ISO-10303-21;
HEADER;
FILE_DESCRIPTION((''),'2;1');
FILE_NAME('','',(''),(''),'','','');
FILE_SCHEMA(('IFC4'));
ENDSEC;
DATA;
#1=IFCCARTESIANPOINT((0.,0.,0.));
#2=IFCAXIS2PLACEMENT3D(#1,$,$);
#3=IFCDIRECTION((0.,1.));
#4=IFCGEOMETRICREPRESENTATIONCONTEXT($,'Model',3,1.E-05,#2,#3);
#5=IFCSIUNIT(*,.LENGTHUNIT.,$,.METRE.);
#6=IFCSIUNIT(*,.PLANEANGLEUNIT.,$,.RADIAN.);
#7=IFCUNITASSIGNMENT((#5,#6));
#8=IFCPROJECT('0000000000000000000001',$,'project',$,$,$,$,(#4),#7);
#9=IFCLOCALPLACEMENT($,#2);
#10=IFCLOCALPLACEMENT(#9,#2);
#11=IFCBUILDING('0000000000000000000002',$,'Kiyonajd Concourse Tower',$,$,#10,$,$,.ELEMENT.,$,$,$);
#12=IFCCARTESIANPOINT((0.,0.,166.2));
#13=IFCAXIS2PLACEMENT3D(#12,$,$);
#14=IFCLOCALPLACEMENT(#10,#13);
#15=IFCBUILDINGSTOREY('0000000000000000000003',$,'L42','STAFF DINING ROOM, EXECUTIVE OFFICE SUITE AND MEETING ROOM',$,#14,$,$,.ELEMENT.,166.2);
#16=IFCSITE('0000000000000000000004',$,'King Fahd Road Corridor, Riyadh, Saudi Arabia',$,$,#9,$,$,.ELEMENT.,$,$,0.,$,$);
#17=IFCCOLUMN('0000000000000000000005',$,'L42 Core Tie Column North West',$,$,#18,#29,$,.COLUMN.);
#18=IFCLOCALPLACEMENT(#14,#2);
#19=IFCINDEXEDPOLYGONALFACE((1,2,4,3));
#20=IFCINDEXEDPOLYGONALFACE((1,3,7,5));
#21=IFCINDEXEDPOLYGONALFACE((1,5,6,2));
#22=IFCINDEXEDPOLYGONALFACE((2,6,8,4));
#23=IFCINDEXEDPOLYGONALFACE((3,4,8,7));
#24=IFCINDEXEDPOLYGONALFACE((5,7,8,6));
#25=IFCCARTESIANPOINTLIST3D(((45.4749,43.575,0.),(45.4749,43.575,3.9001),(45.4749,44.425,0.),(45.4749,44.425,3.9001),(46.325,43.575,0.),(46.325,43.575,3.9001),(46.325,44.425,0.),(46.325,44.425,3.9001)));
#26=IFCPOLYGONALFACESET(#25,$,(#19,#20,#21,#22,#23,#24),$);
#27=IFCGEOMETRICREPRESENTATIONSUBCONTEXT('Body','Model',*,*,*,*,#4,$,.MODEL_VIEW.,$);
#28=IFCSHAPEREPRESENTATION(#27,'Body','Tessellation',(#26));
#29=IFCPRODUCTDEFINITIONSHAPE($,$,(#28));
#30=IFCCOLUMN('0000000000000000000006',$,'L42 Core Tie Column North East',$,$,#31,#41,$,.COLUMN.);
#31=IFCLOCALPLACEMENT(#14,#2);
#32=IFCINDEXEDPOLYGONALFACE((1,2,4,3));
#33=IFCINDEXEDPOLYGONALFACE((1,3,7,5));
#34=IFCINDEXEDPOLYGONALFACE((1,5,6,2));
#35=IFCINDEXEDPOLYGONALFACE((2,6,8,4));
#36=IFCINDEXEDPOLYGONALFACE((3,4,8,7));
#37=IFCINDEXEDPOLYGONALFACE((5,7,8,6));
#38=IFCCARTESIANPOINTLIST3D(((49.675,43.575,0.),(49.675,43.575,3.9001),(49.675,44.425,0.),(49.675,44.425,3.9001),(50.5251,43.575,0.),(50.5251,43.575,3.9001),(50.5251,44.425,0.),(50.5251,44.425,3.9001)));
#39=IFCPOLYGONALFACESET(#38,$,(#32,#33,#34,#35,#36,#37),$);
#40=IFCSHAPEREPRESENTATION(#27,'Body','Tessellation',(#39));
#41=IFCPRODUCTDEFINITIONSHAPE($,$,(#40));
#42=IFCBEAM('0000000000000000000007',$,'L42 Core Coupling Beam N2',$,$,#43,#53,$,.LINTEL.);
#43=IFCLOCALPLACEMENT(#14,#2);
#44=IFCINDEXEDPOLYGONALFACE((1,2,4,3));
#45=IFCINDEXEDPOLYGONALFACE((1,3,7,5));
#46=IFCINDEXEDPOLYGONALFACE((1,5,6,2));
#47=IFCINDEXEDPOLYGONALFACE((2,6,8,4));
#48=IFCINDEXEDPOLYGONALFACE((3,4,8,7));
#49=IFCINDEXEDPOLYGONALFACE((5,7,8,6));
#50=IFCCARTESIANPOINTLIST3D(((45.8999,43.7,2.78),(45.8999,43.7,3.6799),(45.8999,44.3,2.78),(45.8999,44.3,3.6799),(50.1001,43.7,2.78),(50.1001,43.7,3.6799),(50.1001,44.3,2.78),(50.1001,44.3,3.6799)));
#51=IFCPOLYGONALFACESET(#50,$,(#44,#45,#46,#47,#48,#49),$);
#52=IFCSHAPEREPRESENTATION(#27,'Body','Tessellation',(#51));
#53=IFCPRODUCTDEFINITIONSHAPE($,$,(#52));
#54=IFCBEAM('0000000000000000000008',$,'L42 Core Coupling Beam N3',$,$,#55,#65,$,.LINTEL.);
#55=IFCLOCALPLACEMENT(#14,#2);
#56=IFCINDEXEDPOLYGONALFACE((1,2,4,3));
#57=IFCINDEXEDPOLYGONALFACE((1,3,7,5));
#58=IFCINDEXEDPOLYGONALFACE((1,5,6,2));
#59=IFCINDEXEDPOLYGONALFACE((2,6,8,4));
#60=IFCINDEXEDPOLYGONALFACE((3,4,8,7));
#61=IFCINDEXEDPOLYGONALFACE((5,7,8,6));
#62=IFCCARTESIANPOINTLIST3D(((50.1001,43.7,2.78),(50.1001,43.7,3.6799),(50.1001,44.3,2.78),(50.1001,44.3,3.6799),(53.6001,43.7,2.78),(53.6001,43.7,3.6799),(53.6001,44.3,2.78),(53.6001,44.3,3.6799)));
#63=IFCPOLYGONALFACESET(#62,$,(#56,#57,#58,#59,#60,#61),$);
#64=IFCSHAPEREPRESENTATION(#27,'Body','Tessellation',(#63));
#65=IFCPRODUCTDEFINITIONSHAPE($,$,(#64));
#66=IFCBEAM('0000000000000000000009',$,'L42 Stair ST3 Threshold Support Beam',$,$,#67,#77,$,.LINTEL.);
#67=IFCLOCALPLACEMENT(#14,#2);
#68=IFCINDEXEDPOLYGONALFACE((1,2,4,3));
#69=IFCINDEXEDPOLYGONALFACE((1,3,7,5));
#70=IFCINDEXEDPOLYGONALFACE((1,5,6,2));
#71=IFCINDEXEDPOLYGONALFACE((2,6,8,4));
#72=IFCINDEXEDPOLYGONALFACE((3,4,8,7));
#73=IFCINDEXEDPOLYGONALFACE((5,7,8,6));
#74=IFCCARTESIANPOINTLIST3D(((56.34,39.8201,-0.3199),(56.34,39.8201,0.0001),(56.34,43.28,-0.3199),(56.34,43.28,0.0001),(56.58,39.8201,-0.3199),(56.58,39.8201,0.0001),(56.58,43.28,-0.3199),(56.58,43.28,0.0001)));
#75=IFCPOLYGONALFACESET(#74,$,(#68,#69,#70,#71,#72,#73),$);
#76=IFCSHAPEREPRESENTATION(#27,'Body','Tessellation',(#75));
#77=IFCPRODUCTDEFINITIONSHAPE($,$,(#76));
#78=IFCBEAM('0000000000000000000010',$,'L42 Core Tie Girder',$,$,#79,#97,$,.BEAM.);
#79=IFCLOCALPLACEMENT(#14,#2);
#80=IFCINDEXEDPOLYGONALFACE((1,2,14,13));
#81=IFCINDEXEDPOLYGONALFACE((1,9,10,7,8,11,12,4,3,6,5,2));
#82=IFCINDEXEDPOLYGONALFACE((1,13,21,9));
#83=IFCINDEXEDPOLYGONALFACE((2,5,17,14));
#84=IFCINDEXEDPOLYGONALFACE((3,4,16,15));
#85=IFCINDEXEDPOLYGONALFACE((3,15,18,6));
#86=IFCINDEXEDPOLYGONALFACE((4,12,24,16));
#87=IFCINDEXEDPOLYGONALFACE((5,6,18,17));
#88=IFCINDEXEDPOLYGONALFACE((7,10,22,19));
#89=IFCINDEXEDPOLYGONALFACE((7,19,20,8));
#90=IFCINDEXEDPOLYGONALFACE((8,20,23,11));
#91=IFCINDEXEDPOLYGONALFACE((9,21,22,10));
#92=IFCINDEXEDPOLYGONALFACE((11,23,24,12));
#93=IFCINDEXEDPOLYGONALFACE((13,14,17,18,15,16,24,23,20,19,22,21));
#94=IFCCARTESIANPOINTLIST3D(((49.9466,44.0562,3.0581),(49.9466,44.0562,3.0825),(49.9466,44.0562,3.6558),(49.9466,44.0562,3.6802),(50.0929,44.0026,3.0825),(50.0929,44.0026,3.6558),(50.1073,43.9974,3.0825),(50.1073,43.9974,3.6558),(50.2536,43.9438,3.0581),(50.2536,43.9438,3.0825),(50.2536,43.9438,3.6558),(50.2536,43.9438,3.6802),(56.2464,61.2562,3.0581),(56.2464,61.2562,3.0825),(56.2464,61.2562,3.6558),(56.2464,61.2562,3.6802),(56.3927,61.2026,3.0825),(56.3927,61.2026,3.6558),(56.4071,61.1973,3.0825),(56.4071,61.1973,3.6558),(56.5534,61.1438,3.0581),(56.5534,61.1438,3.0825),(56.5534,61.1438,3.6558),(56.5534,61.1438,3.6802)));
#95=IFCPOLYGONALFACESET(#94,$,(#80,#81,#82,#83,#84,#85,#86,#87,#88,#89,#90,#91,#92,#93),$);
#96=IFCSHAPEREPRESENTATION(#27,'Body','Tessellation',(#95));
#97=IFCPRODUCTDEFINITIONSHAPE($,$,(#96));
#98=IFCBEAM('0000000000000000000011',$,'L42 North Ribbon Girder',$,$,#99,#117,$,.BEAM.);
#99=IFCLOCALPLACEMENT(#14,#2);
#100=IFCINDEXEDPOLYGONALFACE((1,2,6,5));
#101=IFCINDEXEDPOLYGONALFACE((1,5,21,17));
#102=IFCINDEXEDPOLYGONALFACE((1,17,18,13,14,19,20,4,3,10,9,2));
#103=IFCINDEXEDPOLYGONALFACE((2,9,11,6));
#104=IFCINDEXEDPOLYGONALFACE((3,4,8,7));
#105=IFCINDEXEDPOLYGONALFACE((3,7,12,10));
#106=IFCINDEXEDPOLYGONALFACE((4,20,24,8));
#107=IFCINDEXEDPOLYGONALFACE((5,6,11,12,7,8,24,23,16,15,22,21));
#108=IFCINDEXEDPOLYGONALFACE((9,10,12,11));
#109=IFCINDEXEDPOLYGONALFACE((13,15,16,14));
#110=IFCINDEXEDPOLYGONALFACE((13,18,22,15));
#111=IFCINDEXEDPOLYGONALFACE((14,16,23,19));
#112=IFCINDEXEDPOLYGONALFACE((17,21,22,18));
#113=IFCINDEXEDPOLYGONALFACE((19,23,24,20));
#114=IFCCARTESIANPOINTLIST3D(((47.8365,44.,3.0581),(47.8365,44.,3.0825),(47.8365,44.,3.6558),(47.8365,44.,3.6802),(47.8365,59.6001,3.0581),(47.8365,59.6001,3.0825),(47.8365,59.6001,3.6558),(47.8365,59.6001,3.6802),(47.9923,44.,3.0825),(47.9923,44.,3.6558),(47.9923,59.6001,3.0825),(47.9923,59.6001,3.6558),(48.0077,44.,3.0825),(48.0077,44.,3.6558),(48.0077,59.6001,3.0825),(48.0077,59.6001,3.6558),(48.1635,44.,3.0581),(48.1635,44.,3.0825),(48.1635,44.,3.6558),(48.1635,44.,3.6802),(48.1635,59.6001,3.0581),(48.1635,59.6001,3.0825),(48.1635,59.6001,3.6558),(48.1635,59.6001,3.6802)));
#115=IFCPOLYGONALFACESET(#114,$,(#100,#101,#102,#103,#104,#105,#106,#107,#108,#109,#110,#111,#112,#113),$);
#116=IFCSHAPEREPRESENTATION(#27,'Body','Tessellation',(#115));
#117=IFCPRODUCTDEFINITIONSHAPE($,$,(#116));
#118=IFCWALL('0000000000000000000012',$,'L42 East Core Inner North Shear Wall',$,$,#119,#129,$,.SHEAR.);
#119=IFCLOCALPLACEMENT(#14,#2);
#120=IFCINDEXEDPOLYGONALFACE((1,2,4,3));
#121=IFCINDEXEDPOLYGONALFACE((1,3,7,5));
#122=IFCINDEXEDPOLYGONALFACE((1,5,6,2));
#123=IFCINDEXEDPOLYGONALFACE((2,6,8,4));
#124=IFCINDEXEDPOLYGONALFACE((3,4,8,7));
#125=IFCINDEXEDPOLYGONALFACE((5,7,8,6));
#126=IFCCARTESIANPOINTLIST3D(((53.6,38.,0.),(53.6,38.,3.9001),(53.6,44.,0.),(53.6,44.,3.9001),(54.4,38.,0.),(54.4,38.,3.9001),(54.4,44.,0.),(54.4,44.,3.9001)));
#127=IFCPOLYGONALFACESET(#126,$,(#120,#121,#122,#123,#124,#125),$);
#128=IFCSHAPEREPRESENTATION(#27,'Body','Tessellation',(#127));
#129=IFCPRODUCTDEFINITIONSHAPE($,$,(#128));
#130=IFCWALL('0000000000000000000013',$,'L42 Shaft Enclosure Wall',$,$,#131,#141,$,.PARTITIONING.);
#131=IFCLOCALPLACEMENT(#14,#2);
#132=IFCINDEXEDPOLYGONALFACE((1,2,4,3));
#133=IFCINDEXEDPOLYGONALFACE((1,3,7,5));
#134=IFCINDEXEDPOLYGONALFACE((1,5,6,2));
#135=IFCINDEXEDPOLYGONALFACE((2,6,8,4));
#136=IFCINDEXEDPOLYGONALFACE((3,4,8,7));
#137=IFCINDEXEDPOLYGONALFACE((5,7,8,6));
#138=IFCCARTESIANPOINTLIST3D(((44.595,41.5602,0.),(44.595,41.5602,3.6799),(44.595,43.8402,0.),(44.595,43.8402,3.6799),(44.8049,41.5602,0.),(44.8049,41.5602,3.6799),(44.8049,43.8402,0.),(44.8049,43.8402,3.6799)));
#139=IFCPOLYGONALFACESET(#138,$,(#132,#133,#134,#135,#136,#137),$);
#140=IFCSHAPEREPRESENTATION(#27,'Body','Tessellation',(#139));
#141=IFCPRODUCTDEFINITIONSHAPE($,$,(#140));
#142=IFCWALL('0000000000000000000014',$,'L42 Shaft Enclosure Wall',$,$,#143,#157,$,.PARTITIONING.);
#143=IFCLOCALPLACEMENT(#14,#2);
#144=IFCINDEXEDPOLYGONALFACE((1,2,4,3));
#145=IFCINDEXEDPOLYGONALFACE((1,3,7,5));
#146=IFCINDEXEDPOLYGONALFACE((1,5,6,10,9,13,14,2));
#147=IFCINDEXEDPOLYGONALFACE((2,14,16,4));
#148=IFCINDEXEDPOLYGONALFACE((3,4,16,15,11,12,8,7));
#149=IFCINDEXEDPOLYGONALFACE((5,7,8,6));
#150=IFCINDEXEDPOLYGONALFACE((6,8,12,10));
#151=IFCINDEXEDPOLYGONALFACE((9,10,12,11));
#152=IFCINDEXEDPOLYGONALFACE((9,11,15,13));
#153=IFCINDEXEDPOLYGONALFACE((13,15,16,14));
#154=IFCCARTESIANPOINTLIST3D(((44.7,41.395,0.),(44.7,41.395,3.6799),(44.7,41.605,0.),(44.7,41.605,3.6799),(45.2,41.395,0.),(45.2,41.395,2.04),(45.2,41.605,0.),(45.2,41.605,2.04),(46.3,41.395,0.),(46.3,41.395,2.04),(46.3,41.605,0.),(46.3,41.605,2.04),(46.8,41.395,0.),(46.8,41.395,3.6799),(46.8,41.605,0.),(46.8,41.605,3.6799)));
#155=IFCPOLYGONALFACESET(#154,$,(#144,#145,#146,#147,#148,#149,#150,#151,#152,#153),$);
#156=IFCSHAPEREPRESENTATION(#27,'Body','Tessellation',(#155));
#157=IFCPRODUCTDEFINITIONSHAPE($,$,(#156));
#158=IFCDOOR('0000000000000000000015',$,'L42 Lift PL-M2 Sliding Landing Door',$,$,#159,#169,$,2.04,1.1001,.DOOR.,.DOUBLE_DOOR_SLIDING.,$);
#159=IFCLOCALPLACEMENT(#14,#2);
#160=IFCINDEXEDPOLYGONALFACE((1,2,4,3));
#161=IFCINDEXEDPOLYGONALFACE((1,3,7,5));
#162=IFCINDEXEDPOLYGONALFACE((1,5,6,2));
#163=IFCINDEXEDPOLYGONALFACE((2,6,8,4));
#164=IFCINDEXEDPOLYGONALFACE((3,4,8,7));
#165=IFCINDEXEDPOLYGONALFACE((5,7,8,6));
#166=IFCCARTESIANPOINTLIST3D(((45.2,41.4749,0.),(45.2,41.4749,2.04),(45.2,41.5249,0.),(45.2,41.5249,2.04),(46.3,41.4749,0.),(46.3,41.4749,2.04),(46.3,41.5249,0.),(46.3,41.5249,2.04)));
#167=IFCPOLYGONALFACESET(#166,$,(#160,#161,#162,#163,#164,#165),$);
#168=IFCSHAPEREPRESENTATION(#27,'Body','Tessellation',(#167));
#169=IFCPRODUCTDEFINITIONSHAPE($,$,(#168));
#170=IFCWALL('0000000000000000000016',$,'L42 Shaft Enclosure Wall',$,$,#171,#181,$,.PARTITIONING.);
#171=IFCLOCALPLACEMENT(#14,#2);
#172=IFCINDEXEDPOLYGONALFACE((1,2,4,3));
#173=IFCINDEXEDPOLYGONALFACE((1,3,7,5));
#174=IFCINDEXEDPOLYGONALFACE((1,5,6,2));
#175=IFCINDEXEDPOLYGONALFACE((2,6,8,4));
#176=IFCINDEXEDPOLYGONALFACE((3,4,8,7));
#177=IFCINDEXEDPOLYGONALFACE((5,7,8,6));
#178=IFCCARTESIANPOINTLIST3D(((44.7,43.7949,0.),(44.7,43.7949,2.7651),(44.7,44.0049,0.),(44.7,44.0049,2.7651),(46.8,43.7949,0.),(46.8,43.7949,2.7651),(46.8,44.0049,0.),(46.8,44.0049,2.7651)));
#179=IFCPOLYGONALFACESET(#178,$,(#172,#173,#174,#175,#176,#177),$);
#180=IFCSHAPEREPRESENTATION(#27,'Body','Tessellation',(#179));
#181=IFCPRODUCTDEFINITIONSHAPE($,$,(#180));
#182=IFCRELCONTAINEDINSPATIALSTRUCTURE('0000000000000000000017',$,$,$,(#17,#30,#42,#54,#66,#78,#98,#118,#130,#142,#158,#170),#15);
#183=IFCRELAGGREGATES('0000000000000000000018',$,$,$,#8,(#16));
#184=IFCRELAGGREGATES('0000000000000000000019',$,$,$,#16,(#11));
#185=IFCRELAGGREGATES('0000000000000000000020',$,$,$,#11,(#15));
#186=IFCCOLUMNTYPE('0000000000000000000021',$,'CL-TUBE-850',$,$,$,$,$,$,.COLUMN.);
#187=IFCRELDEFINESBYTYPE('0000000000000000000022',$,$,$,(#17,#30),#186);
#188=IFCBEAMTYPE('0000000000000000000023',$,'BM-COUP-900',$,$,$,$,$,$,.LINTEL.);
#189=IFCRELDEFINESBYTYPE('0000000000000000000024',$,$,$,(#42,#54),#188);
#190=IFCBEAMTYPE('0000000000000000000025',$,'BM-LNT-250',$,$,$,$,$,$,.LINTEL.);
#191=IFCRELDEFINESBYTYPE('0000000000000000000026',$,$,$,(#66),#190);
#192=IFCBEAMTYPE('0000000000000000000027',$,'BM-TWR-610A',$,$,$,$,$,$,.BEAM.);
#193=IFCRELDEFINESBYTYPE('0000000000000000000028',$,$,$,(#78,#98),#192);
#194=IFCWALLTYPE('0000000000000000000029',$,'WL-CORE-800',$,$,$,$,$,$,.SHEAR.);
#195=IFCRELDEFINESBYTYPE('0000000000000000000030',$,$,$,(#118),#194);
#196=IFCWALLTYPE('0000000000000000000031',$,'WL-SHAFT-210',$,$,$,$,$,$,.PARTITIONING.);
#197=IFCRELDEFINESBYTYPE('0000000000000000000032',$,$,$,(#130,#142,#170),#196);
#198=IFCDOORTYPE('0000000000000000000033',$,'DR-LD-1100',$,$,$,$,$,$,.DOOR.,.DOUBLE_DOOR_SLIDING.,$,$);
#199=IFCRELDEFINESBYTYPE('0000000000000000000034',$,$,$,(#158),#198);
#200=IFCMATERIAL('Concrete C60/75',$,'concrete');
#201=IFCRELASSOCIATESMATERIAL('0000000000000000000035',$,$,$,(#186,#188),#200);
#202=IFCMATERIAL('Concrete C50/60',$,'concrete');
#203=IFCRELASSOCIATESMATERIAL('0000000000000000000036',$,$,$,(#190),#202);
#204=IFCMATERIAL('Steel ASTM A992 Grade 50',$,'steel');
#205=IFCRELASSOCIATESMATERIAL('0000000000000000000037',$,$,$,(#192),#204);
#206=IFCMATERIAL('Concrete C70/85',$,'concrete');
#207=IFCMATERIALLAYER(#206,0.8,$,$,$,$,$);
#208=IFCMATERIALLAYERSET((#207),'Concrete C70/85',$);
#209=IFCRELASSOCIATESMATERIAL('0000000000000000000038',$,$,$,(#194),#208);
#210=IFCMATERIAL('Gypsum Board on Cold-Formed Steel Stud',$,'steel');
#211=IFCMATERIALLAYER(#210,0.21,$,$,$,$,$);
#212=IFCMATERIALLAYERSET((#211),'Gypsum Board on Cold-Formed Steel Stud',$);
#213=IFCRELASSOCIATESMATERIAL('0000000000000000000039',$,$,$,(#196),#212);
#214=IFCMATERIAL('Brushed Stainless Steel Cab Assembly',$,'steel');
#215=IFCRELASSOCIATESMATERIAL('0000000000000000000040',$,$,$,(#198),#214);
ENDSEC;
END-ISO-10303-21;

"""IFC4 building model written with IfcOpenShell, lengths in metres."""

from ifc_helpers import new_model, si_unit, direction, frame, frame_2d, origin, origin_2d, place, context, subcontext, project, spatial, rectangle, i_section, extrude, material, layer, layer_set, material_profile, profile_set, type_object, element, fill, save


model = new_model("IFC4")

# Units and contexts
model_context = context("Model", 3, precision=1e-05, world=origin(), true_north=direction((0.0, 1.0)))
body_context = subcontext(model_context, "Body", "Model", "MODEL_VIEW")
ifc_project = project(units=[si_unit("LENGTHUNIT", "METRE"), si_unit("PLANEANGLEUNIT", "RADIAN")], contexts=[model_context])

# Site, building, storey
site_placement = place(None, origin())
site = spatial("IfcSite", under=ifc_project, at=site_placement, Name="King Fahd Road Corridor, Riyadh, Saudi Arabia", CompositionType="ELEMENT", RefElevation=0.0)
building_placement = place(site_placement, origin())
building = spatial("IfcBuilding", under=site, at=building_placement, Name="Kiyonajd Concourse Tower", CompositionType="ELEMENT")
storey_placement = place(building_placement, frame((0.0, 0.0, 166.2)))
storey = spatial("IfcBuildingStorey", under=building, at=storey_placement, Name="L42", Description="STAFF DINING ROOM, EXECUTIVE OFFICE SUITE AND MEETING ROOM", CompositionType="ELEMENT", Elevation=166.2)

# Columns
ifc_material_1 = material(Name="Concrete C60/75", Category="concrete")
ifc_material_profile_1 = material_profile(ifc_material_1, rectangle(XDim=0.8501, YDim=0.8501, at=origin_2d()), Name="RC-850x850")
ifc_profile_set_1 = profile_set([ifc_material_profile_1], Name="Concrete C60/75")
column_type = type_object("IfcColumnType", Name="CL-TUBE-850", PredefinedType="COLUMN", material=ifc_profile_set_1)
for number, where, z_axis, x_axis, name in (
    (1, (45.8999, 44.0, 0.0), (0.0, 0.0, 1.0), (1.0, 0.0, 0.0), "L42 Core Tie Column North West"),
    (2, (50.1001, 44.0, 0.0), (0.0, 0.0, 1.0), (1.0, 0.0, 0.0), "L42 Core Tie Column North East"),
):
    element("IfcColumn", number, at=place(storey_placement, frame(where, z_axis=z_axis, x_axis=x_axis)), inside=storey, type_object=column_type, Name=name, PredefinedType="COLUMN", context=body_context, shape_type="SweptSolid", body=[
        extrude(rectangle(XDim=0.8501, YDim=0.8501, at=origin_2d()), origin(), (0.0, 0.0, 1.0), 3.9001),
    ])

# Beams
ifc_material_profile_2 = material_profile(ifc_material_1, rectangle(XDim=0.6001, YDim=0.8999, at=origin_2d()), Name="RCBM-600x900")
ifc_profile_set_2 = profile_set([ifc_material_profile_2], Name="Concrete C60/75")
beam_type_1 = type_object("IfcBeamType", Name="BM-COUP-900", PredefinedType="LINTEL", material=ifc_profile_set_2)
beam_1_placement = place(storey_placement, frame((45.8999, 44.0, 3.23), z_axis=(1.0, 0.0, 0.0), x_axis=(0.0, 1.0, 0.0)))
element("IfcBeam", 3, at=beam_1_placement, inside=storey, type_object=beam_type_1, Name="L42 Core Coupling Beam N2", PredefinedType="LINTEL", context=body_context, shape_type="SweptSolid", body=[
    extrude(rectangle(XDim=0.6001, YDim=0.8999, at=origin_2d()), origin(), (0.0, 0.0, 1.0), 4.2002),
])
beam_2_placement = place(storey_placement, frame((50.1001, 44.0, 3.23), z_axis=(1.0, 0.0, 0.0), x_axis=(0.0, 1.0, 0.0)))
element("IfcBeam", 4, at=beam_2_placement, inside=storey, type_object=beam_type_1, Name="L42 Core Coupling Beam N3", PredefinedType="LINTEL", context=body_context, shape_type="SweptSolid", body=[
    extrude(rectangle(XDim=0.6001, YDim=0.8999, at=origin_2d()), origin(), (0.0, 0.0, 1.0), 3.5),
])
ifc_material_2 = material(Name="Concrete C50/60", Category="concrete")
ifc_material_profile_3 = material_profile(ifc_material_2, rectangle(XDim=0.24, YDim=0.3201, at=origin_2d()), Name="RCBM-240x320")
ifc_profile_set_3 = profile_set([ifc_material_profile_3], Name="Concrete C50/60")
beam_type_2 = type_object("IfcBeamType", Name="BM-LNT-250", PredefinedType="LINTEL", material=ifc_profile_set_3)
beam_3_placement = place(storey_placement, frame((56.46, 39.8201, -0.1599), z_axis=(0.0, 1.0, 0.0), x_axis=(-1.0, 0.0, 0.0)))
element("IfcBeam", 5, at=beam_3_placement, inside=storey, type_object=beam_type_2, Name="L42 Stair ST3 Threshold Support Beam", PredefinedType="LINTEL", context=body_context, shape_type="SweptSolid", body=[
    extrude(rectangle(XDim=0.24, YDim=0.3201, at=origin_2d()), origin(), (0.0, 0.0, 1.0), 3.46),
])
ifc_material_3 = material(Name="Steel ASTM A992 Grade 50", Category="steel")
ifc_material_profile_4 = material_profile(ifc_material_3, i_section(OverallWidth=0.3269, OverallDepth=0.6221, WebThickness=0.0154, FlangeThickness=0.0244, at=origin_2d()), Name="W610X195")
ifc_profile_set_4 = profile_set([ifc_material_profile_4], Name="Steel ASTM A992 Grade 50")
beam_type_3 = type_object("IfcBeamType", Name="BM-TWR-610A", PredefinedType="BEAM", material=ifc_profile_set_4)
beam_4_placement = place(storey_placement, frame((50.1001, 44.0, 3.3691), z_axis=(0.343925, 0.938997, 0.0), x_axis=(-0.938997, 0.343925, 0.0)))
element("IfcBeam", 6, at=beam_4_placement, inside=storey, type_object=beam_type_3, Name="L42 Core Tie Girder", PredefinedType="BEAM", context=body_context, shape_type="SweptSolid", body=[
    extrude(i_section(OverallWidth=0.3269, OverallDepth=0.6221, WebThickness=0.0154, FlangeThickness=0.0244, at=origin_2d()), origin(), (0.0, 0.0, 1.0), 18.3174),
])
beam_5_placement = place(storey_placement, frame((48.0, 44.0, 3.3691), z_axis=(0.0, 1.0, 0.0), x_axis=(-1.0, 0.0, 0.0)))
element("IfcBeam", 7, at=beam_5_placement, inside=storey, type_object=beam_type_3, Name="L42 North Ribbon Girder", PredefinedType="BEAM", context=body_context, shape_type="SweptSolid", body=[
    extrude(i_section(OverallWidth=0.3269, OverallDepth=0.6221, WebThickness=0.0154, FlangeThickness=0.0244, at=origin_2d()), origin(), (0.0, 0.0, 1.0), 15.6001),
])

# Walls
ifc_material_4 = material(Name="Concrete C70/85", Category="concrete")
ifc_layer_1 = layer(ifc_material_4, 0.8)
ifc_layer_set_1 = layer_set([ifc_layer_1], Name="Concrete C70/85")
wall_type_1 = type_object("IfcWallType", Name="WL-CORE-800", PredefinedType="SHEAR", material=ifc_layer_set_1)
wall_1_placement = place(storey_placement, frame((54.0, 38.0, 0.0), z_axis=(0.0, 0.0, 1.0), x_axis=(0.0, 1.0, 0.0)))
element("IfcWall", 8, at=wall_1_placement, inside=storey, type_object=wall_type_1, Name="L42 East Core Inner North Shear Wall", PredefinedType="SHEAR", context=body_context, shape_type="SweptSolid", body=[
    extrude(rectangle(XDim=6.0, YDim=0.8, at=frame_2d((3.0, 0.0))), origin(), (0.0, 0.0, 1.0), 3.9001),
])
ifc_material_5 = material(Name="Gypsum Board on Cold-Formed Steel Stud", Category="steel")
ifc_layer_2 = layer(ifc_material_5, 0.21)
ifc_layer_set_2 = layer_set([ifc_layer_2], Name="Gypsum Board on Cold-Formed Steel Stud")
wall_type_2 = type_object("IfcWallType", Name="WL-SHAFT-210", PredefinedType="PARTITIONING", material=ifc_layer_set_2)
wall_2_placement = place(storey_placement, frame((44.7, 41.5601, 0.0), z_axis=(0.0, 0.0, 1.0), x_axis=(0.0, 1.0, 0.0)))
element("IfcWall", 9, at=wall_2_placement, inside=storey, type_object=wall_type_2, Name="L42 Shaft Enclosure Wall", PredefinedType="PARTITIONING", context=body_context, shape_type="SweptSolid", body=[
    extrude(rectangle(XDim=2.28, YDim=0.21, at=frame_2d((1.1401, 0.0))), origin(), (0.0, 0.0, 1.0), 3.6799),
])

# Wall, opening, door
wall_3_placement = place(storey_placement, frame((44.7, 41.5, 0.0), z_axis=(0.0, 0.0, 1.0), x_axis=(1.0, 0.0, 0.0)))
wall_3 = element("IfcWall", 10, at=wall_3_placement, inside=storey, type_object=wall_type_2, Name="L42 Shaft Enclosure Wall", PredefinedType="PARTITIONING", context=body_context, shape_type="SweptSolid", body=[
    extrude(rectangle(XDim=2.1001, YDim=0.21, at=frame_2d((1.05, 0.0))), origin(), (0.0, 0.0, 1.0), 3.6799),
])
opening_1_placement = place(wall_3_placement, frame((0.5, 0.0, 0.0)))
opening_1 = element("IfcOpeningElement", 11, at=opening_1_placement, cuts=wall_3, PredefinedType="OPENING", context=body_context, shape_type="SweptSolid", body=[
    extrude(rectangle(XDim=1.1001, YDim=2.04, at=frame_2d((0.55, 1.02))), frame((0.0, 0.115, 0.0), z_axis=(0.0, -1.0, 0.0), x_axis=(1.0, 0.0, 0.0)), (0.0, 0.0, 1.0), 0.23),
])
ifc_material_6 = material(Name="Brushed Stainless Steel Cab Assembly", Category="steel")
door_type_1 = type_object("IfcDoorType", Name="DR-LD-1100", OperationType="DOUBLE_DOOR_SLIDING", PredefinedType="DOOR", material=ifc_material_6)
door_1_placement = place(opening_1_placement, origin())
door_1 = element("IfcDoor", 12, at=door_1_placement, inside=storey, type_object=door_type_1, Name="L42 Lift PL-M2 Sliding Landing Door", OperationType="DOUBLE_DOOR_SLIDING", OverallHeight=2.04, OverallWidth=1.1001, PredefinedType="DOOR", context=body_context, shape_type="SweptSolid", body=[
    extrude(rectangle(XDim=1.1001, YDim=2.04, at=frame_2d((0.55, 1.02))), frame((0.0, 0.0249, 0.0), z_axis=(0.0, -1.0, 0.0), x_axis=(1.0, 0.0, 0.0)), (0.0, 0.0, 1.0), 0.05),
])
fill(opening_1, door_1)

# Wall
wall_4_placement = place(storey_placement, frame((44.7, 43.8999, 0.0), z_axis=(0.0, 0.0, 1.0), x_axis=(1.0, 0.0, 0.0)))
element("IfcWall", 13, at=wall_4_placement, inside=storey, type_object=wall_type_2, Name="L42 Shaft Enclosure Wall", PredefinedType="PARTITIONING", context=body_context, shape_type="SweptSolid", body=[
    extrude(rectangle(XDim=2.1001, YDim=0.21, at=frame_2d((1.05, 0.0))), origin(), (0.0, 0.0, 1.0), 2.7651),
])

save(model, "model.ifc")
